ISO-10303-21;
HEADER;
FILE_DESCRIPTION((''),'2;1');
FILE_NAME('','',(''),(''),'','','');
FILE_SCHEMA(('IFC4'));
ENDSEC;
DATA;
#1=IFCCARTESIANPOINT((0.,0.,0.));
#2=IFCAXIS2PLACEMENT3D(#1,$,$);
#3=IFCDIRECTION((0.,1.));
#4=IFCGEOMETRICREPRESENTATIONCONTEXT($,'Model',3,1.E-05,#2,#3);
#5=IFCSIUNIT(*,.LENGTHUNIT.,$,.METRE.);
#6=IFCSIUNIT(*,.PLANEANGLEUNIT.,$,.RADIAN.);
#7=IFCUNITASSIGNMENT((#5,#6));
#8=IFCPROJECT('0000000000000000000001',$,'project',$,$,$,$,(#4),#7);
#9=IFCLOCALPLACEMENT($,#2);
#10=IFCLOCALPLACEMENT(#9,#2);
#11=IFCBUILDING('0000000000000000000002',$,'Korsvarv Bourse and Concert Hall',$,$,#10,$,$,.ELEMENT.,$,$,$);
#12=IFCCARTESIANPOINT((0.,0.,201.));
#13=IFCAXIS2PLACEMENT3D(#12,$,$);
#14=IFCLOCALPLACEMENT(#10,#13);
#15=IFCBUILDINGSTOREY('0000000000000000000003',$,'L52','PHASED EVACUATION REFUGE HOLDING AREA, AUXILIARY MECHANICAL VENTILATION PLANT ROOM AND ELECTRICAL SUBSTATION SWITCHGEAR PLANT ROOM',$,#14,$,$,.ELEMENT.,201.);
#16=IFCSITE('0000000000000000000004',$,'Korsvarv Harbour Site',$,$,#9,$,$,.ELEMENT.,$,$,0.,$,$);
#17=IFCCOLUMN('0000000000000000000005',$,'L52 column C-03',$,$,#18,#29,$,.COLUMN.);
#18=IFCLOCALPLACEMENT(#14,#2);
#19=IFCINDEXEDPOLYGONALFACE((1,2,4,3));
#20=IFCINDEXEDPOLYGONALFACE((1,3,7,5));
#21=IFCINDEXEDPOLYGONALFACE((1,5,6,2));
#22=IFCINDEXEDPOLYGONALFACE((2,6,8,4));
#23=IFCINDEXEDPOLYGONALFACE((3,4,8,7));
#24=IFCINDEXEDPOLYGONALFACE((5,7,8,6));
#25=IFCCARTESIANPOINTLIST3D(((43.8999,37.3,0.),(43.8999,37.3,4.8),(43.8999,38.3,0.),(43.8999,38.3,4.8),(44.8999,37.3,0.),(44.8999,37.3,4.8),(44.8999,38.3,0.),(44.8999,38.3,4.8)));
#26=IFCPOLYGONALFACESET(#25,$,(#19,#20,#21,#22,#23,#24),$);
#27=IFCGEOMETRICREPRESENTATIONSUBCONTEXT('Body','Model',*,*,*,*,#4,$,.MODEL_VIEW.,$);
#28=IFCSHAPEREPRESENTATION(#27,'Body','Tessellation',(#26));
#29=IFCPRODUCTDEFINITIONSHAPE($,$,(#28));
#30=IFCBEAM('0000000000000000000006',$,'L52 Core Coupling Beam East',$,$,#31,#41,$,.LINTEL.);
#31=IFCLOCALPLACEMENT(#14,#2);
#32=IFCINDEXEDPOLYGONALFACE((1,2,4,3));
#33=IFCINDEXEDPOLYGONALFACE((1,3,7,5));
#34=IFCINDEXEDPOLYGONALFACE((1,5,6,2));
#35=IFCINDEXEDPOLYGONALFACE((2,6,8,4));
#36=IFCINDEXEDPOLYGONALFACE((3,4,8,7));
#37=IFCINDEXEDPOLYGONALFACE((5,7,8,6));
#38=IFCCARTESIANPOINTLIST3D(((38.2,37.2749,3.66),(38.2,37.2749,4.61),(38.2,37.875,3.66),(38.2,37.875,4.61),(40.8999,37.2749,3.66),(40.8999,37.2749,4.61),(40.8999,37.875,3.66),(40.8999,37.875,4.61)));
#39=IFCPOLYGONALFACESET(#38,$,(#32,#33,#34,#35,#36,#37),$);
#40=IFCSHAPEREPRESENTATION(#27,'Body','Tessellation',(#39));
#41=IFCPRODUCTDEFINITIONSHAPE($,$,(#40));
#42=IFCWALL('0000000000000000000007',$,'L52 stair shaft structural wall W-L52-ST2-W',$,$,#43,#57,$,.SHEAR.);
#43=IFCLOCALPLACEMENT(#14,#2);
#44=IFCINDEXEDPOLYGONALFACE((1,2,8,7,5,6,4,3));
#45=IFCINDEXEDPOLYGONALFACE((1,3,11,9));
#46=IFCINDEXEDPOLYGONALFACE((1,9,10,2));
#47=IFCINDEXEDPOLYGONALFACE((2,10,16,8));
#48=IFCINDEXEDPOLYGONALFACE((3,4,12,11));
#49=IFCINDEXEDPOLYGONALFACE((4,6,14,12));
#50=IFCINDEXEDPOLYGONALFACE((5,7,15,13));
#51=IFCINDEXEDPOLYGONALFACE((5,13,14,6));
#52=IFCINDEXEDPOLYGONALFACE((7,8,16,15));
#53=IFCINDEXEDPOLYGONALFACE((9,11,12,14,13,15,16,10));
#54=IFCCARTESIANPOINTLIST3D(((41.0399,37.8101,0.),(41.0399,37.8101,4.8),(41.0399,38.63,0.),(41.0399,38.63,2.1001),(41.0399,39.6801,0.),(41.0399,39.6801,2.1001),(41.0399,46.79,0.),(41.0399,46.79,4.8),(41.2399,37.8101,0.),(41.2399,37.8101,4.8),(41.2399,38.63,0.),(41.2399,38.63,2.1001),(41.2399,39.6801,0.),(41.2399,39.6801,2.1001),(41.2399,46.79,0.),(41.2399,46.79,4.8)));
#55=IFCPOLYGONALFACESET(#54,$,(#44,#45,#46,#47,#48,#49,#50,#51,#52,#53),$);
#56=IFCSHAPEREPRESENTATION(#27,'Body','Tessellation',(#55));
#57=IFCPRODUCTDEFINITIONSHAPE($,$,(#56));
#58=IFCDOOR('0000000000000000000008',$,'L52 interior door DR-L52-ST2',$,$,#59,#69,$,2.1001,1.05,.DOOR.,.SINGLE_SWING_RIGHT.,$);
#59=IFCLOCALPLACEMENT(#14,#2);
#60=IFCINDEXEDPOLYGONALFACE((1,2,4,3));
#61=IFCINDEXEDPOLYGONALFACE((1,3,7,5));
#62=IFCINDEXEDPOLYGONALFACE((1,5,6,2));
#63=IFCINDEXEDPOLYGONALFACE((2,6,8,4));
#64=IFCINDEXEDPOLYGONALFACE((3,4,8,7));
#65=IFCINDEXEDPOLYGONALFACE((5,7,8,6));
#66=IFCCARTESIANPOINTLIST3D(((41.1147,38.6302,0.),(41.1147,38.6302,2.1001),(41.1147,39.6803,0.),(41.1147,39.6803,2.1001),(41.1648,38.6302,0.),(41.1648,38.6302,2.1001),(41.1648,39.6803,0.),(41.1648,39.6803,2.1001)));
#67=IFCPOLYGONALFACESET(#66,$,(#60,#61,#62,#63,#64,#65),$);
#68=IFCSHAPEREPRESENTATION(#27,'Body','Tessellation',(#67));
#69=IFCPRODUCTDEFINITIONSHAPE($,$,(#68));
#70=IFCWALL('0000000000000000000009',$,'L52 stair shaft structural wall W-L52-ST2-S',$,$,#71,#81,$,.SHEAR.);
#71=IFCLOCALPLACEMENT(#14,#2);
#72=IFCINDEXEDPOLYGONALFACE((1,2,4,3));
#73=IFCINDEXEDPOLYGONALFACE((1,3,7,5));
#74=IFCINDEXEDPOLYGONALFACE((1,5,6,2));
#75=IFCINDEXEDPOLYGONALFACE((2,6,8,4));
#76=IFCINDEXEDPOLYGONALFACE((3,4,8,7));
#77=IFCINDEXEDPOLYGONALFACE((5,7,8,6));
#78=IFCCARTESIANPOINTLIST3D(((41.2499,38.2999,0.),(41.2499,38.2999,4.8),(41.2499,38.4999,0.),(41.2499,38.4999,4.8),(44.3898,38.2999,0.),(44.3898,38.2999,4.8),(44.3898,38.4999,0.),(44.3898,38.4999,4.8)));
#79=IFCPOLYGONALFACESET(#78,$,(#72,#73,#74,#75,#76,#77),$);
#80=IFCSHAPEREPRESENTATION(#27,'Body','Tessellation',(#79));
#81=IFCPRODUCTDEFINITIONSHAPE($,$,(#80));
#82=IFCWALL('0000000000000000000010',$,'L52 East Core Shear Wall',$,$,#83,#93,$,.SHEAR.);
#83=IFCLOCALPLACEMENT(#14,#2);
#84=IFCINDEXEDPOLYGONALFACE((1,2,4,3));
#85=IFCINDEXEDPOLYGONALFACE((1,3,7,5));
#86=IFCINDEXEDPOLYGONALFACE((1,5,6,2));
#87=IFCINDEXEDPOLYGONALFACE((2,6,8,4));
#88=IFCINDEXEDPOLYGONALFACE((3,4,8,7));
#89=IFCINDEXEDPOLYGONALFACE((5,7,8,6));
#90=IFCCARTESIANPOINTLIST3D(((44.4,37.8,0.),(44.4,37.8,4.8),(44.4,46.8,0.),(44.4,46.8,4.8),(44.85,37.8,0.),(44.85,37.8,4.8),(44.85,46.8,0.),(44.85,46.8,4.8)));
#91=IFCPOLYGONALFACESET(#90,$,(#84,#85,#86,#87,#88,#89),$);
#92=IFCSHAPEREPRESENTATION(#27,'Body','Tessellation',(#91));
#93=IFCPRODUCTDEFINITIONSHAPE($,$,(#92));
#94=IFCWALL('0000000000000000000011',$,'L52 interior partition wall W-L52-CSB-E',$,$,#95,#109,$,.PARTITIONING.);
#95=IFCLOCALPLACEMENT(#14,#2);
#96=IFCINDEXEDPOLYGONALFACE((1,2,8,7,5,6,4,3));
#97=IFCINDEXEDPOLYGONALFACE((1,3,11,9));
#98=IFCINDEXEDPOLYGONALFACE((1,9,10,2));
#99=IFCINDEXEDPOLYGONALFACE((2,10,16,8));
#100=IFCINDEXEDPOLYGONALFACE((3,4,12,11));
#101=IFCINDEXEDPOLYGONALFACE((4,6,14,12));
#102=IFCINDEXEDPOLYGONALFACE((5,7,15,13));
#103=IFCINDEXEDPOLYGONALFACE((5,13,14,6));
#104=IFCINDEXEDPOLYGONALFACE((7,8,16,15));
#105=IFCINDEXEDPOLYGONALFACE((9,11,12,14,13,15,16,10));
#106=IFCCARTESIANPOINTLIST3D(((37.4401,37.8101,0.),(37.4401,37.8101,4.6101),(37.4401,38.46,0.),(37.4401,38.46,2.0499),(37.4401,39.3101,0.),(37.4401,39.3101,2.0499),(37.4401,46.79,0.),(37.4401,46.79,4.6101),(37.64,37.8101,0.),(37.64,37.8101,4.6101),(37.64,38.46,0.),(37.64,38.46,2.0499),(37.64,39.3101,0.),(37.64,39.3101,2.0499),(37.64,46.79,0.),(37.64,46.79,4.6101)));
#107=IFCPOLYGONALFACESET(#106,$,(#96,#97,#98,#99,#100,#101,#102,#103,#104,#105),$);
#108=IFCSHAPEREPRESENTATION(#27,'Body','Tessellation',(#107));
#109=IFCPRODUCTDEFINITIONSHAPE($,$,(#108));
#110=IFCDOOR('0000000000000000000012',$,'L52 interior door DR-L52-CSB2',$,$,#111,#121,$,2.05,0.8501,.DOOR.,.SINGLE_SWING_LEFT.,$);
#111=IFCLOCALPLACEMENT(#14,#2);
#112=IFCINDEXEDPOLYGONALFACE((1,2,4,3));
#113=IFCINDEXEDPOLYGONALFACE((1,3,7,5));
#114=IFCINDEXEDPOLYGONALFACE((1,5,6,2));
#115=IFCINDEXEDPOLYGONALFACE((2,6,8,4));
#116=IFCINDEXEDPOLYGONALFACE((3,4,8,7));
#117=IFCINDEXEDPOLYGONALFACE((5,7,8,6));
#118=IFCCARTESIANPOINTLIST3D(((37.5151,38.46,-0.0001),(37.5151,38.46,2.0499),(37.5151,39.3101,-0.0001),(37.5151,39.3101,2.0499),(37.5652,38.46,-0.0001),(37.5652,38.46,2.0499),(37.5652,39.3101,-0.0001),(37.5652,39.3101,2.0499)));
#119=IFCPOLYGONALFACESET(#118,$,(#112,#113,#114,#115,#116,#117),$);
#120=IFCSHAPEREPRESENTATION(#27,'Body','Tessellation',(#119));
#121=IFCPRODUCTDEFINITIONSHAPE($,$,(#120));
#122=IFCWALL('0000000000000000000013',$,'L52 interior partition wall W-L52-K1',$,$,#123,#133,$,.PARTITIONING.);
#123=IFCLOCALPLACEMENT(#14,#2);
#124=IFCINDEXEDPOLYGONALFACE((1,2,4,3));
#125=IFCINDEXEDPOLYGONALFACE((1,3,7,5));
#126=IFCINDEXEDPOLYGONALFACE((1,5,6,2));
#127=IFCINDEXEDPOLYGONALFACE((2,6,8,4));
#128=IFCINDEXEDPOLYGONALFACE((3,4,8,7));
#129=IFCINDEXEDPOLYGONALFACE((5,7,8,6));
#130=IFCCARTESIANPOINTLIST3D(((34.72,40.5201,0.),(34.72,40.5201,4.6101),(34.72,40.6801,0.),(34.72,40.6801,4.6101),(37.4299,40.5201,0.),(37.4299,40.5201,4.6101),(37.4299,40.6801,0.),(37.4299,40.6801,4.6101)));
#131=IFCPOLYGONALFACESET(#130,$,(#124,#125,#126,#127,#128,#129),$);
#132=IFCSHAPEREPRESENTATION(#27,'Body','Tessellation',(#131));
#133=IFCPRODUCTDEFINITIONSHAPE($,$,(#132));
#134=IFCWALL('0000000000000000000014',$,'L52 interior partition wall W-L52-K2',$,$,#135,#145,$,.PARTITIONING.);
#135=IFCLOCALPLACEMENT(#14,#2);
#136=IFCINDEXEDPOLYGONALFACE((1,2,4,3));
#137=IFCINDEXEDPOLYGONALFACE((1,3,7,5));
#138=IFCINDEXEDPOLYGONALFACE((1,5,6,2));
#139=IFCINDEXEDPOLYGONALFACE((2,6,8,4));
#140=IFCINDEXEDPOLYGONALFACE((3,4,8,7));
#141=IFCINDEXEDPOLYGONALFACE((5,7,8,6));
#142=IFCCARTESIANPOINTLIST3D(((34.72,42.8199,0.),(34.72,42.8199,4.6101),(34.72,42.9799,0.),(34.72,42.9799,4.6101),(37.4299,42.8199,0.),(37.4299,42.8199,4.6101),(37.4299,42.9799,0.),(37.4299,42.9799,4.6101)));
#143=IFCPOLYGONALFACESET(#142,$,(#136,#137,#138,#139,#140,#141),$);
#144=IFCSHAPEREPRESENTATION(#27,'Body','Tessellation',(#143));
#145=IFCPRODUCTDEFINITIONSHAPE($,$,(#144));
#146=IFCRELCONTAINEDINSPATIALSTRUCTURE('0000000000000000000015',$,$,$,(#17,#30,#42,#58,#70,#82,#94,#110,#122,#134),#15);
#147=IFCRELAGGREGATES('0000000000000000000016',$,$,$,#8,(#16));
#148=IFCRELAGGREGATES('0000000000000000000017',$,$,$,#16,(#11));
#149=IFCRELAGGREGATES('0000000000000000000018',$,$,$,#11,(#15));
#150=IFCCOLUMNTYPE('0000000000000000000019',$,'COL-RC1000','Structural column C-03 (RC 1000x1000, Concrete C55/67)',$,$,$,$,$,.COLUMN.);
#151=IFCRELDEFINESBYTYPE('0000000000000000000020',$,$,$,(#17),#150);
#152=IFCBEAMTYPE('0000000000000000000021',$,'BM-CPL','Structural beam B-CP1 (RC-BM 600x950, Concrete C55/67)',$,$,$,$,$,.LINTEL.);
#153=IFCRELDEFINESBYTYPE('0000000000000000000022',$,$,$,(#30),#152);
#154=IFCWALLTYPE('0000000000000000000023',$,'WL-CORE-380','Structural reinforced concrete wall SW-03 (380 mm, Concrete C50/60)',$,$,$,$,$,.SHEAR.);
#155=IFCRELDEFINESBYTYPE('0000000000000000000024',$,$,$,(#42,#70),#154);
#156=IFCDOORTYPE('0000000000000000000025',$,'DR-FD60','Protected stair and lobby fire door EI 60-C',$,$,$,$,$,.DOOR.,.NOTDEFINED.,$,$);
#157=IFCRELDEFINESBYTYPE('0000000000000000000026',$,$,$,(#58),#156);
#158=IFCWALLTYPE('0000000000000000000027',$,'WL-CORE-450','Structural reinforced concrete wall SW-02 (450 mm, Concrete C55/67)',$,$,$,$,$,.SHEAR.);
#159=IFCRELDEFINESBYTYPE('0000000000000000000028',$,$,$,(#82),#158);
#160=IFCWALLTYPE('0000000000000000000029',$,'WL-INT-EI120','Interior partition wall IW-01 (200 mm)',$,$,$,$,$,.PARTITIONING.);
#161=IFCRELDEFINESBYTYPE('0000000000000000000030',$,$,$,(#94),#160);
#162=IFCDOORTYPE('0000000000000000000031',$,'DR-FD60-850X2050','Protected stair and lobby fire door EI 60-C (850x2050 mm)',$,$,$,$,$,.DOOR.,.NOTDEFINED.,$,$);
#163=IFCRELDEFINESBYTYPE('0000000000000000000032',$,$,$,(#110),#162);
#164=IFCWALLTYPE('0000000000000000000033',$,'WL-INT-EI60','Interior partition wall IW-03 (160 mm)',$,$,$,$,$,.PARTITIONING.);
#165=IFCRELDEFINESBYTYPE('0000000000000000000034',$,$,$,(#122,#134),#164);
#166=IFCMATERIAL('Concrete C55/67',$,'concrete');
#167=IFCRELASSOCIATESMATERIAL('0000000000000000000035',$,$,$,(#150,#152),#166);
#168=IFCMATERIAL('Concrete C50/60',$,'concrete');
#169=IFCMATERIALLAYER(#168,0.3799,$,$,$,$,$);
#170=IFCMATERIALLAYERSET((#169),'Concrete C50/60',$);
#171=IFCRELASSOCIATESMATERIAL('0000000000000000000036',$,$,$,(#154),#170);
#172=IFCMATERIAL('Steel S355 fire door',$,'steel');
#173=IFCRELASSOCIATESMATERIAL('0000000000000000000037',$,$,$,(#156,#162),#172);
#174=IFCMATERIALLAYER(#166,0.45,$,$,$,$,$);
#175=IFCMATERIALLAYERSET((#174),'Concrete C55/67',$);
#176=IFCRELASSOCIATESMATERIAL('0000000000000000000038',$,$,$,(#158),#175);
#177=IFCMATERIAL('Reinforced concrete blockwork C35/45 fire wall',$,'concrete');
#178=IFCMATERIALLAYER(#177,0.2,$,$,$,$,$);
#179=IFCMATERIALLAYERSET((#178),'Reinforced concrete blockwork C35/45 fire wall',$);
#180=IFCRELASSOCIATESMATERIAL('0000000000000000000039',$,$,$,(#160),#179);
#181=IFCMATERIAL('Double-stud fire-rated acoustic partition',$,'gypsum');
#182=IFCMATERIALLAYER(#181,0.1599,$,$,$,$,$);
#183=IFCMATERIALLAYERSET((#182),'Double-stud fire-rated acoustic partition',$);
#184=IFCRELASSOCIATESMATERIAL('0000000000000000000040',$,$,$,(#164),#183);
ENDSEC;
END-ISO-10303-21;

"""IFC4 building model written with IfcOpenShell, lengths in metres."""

from ifc_helpers import new_model, si_unit, direction, frame, frame_2d, origin, origin_2d, place, context, subcontext, project, spatial, rectangle, extrude, source, transform, mapped, material, layer, layer_set, material_profile, profile_set, type_object, element, fill, save


model = new_model("IFC4")

# Units and contexts
model_context = context("Model", 3, precision=1e-05, world=origin(), true_north=direction((0.0, 1.0)))
body_context = subcontext(model_context, "Body", "Model", "MODEL_VIEW")
ifc_project = project(units=[si_unit("LENGTHUNIT", "METRE"), si_unit("PLANEANGLEUNIT", "RADIAN")], contexts=[model_context])

# Site, building, storey
site_placement = place(None, origin())
site = spatial("IfcSite", under=ifc_project, at=site_placement, Name="Korsvarv Harbour Site", CompositionType="ELEMENT", RefElevation=0.0)
building_placement = place(site_placement, origin())
building = spatial("IfcBuilding", under=site, at=building_placement, Name="Korsvarv Bourse and Concert Hall", CompositionType="ELEMENT")
storey_placement = place(building_placement, frame((0.0, 0.0, 201.0)))
storey = spatial("IfcBuildingStorey", under=building, at=storey_placement, Name="L52", Description="PHASED EVACUATION REFUGE HOLDING AREA, AUXILIARY MECHANICAL VENTILATION PLANT ROOM AND ELECTRICAL SUBSTATION SWITCHGEAR PLANT ROOM", CompositionType="ELEMENT", Elevation=201.0)

# Column
ifc_material_1 = material(Name="Concrete C55/67", Category="concrete")
ifc_material_profile_1 = material_profile(ifc_material_1, rectangle(XDim=1.0, YDim=1.0, at=origin_2d()), Name="RC 1000x1000")
ifc_profile_set_1 = profile_set([ifc_material_profile_1], Name="Concrete C55/67")
column_type = type_object("IfcColumnType", Name="COL-RC1000", Description="Structural column C-03 (RC 1000x1000, Concrete C55/67)", PredefinedType="COLUMN", material=ifc_profile_set_1)
shared_shape_1 = source(origin(), body_context, "Body", "SweptSolid", [
    extrude(rectangle(XDim=1.0, YDim=1.0, at=origin_2d()), origin(), (0.0, 0.0, 1.0), 4.8),
])
column_placement = place(storey_placement, frame((44.3999, 37.8, 0.0), z_axis=(0.0, 0.0, 1.0), x_axis=(1.0, 0.0, 0.0)))
element("IfcColumn", 1, at=column_placement, inside=storey, type_object=column_type, Name="L52 column C-03", PredefinedType="COLUMN", context=body_context, shape_type="MappedRepresentation", body=[
    mapped(shared_shape_1, transform((0.0, 0.0, 0.0), scale=1.0)),
])

# Beam
ifc_material_profile_2 = material_profile(ifc_material_1, rectangle(XDim=0.6001, YDim=0.95, at=origin_2d()), Name="RC-BM 600x950")
ifc_profile_set_2 = profile_set([ifc_material_profile_2], Name="Concrete C55/67")
beam_type = type_object("IfcBeamType", Name="BM-CPL", Description="Structural beam B-CP1 (RC-BM 600x950, Concrete C55/67)", PredefinedType="LINTEL", material=ifc_profile_set_2)
shared_shape_2 = source(origin(), body_context, "Body", "SweptSolid", [
    extrude(rectangle(XDim=0.6001, YDim=0.95, at=origin_2d()), origin(), (0.0, 0.0, 1.0), 2.7),
])
beam_placement = place(storey_placement, frame((38.2, 37.575, 4.135), z_axis=(1.0, 0.0, 0.0), x_axis=(0.0, 1.0, 0.0)))
element("IfcBeam", 2, at=beam_placement, inside=storey, type_object=beam_type, Name="L52 Core Coupling Beam East", PredefinedType="LINTEL", context=body_context, shape_type="MappedRepresentation", body=[
    mapped(shared_shape_2, transform((0.0, 0.0, 0.0), scale=1.0)),
])

# Wall, opening, door
ifc_material_2 = material(Name="Concrete C50/60", Category="concrete")
ifc_layer_1 = layer(ifc_material_2, 0.3799)
ifc_layer_set_1 = layer_set([ifc_layer_1], Name="Concrete C50/60")
wall_type_1 = type_object("IfcWallType", Name="WL-CORE-380", Description="Structural reinforced concrete wall SW-03 (380 mm, Concrete C50/60)", PredefinedType="SHEAR", material=ifc_layer_set_1)
wall_1_placement = place(storey_placement, frame((41.1399, 37.8101, 0.0), z_axis=(0.0, 0.0, 1.0), x_axis=(0.0, 1.0, 0.0)))
wall_1 = element("IfcWall", 3, at=wall_1_placement, inside=storey, type_object=wall_type_1, Name="L52 stair shaft structural wall W-L52-ST2-W", PredefinedType="SHEAR", context=body_context, shape_type="SweptSolid", body=[
    extrude(rectangle(XDim=8.98, YDim=0.2, at=frame_2d((4.49, 0.0))), origin(), (0.0, 0.0, 1.0), 4.8),
])
opening_1_placement = place(wall_1_placement, frame((0.8201, 0.0, 0.0)))
opening_1 = element("IfcOpeningElement", 4, at=opening_1_placement, cuts=wall_1, PredefinedType="OPENING", context=body_context, shape_type="SweptSolid", body=[
    extrude(rectangle(XDim=1.05, YDim=2.1001, at=frame_2d((0.5249, 1.05))), frame((0.0, 0.1099, 0.0), z_axis=(0.0, -1.0, 0.0), x_axis=(1.0, 0.0, 0.0)), (0.0, 0.0, 1.0), 0.22),
])
ifc_material_3 = material(Name="Steel S355 fire door", Category="steel")
door_type_1 = type_object("IfcDoorType", Name="DR-FD60", Description="Protected stair and lobby fire door EI 60-C", OperationType="NOTDEFINED", PredefinedType="DOOR", material=ifc_material_3)
door_1_placement = place(opening_1_placement, frame((1.05, 0.0, 0.0), z_axis=(0.0, 0.0, 1.0), x_axis=(-1.0, 0.0, 0.0)))
door_1 = element("IfcDoor", 5, at=door_1_placement, inside=storey, type_object=door_type_1, Name="L52 interior door DR-L52-ST2", OperationType="SINGLE_SWING_RIGHT", OverallHeight=2.1001, OverallWidth=1.05, PredefinedType="DOOR", context=body_context, shape_type="SweptSolid", body=[
    extrude(rectangle(XDim=1.05, YDim=2.1001, at=frame_2d((0.5249, 1.05))), frame((0.0, 0.0249, 0.0), z_axis=(0.0, -1.0, 0.0), x_axis=(1.0, 0.0, 0.0)), (0.0, 0.0, 1.0), 0.05),
])
fill(opening_1, door_1)

# Walls
wall_2_placement = place(storey_placement, frame((41.25, 38.3999, 0.0), z_axis=(0.0, 0.0, 1.0), x_axis=(1.0, 0.0, 0.0)))
element("IfcWall", 6, at=wall_2_placement, inside=storey, type_object=wall_type_1, Name="L52 stair shaft structural wall W-L52-ST2-S", PredefinedType="SHEAR", context=body_context, shape_type="SweptSolid", body=[
    extrude(rectangle(XDim=3.1399, YDim=0.2, at=frame_2d((1.5698, 0.0))), origin(), (0.0, 0.0, 1.0), 4.8),
])
ifc_layer_2 = layer(ifc_material_1, 0.45)
ifc_layer_set_2 = layer_set([ifc_layer_2], Name="Concrete C55/67")
wall_type_2 = type_object("IfcWallType", Name="WL-CORE-450", Description="Structural reinforced concrete wall SW-02 (450 mm, Concrete C55/67)", PredefinedType="SHEAR", material=ifc_layer_set_2)
wall_3_placement = place(storey_placement, frame((44.625, 37.8, 0.0), z_axis=(0.0, 0.0, 1.0), x_axis=(0.0, 1.0, 0.0)))
element("IfcWall", 7, at=wall_3_placement, inside=storey, type_object=wall_type_2, Name="L52 East Core Shear Wall", PredefinedType="SHEAR", context=body_context, shape_type="SweptSolid", body=[
    extrude(rectangle(XDim=9.0, YDim=0.45, at=frame_2d((4.5, 0.0))), origin(), (0.0, 0.0, 1.0), 4.8),
])

# Wall, opening, door
ifc_material_4 = material(Name="Reinforced concrete blockwork C35/45 fire wall", Category="concrete")
ifc_layer_3 = layer(ifc_material_4, 0.2)
ifc_layer_set_3 = layer_set([ifc_layer_3], Name="Reinforced concrete blockwork C35/45 fire wall")
wall_type_3 = type_object("IfcWallType", Name="WL-INT-EI120", Description="Interior partition wall IW-01 (200 mm)", PredefinedType="PARTITIONING", material=ifc_layer_set_3)
wall_4_placement = place(storey_placement, frame((37.54, 37.8101, 0.0), z_axis=(0.0, 0.0, 1.0), x_axis=(0.0, 1.0, 0.0)))
wall_4 = element("IfcWall", 8, at=wall_4_placement, inside=storey, type_object=wall_type_3, Name="L52 interior partition wall W-L52-CSB-E", PredefinedType="PARTITIONING", context=body_context, shape_type="SweptSolid", body=[
    extrude(rectangle(XDim=8.98, YDim=0.2, at=frame_2d((4.49, 0.0))), origin(), (0.0, 0.0, 1.0), 4.6101),
])
opening_2_placement = place(wall_4_placement, frame((0.6499, 0.0, 0.0)))
opening_2 = element("IfcOpeningElement", 9, at=opening_2_placement, cuts=wall_4, PredefinedType="OPENING", context=body_context, shape_type="SweptSolid", body=[
    extrude(rectangle(XDim=0.8501, YDim=2.05, at=frame_2d((0.425, 1.0249))), frame((0.0, 0.1099, 0.0), z_axis=(0.0, -1.0, 0.0), x_axis=(1.0, 0.0, 0.0)), (0.0, 0.0, 1.0), 0.22),
])
door_type_2 = type_object("IfcDoorType", Name="DR-FD60-850X2050", Description="Protected stair and lobby fire door EI 60-C (850x2050 mm)", OperationType="NOTDEFINED", PredefinedType="DOOR", material=ifc_material_3)
door_2_placement = place(opening_2_placement, origin())
door_2 = element("IfcDoor", 10, at=door_2_placement, inside=storey, type_object=door_type_2, Name="L52 interior door DR-L52-CSB2", OperationType="SINGLE_SWING_LEFT", OverallHeight=2.05, OverallWidth=0.8501, PredefinedType="DOOR", context=body_context, shape_type="SweptSolid", body=[
    extrude(rectangle(XDim=0.8501, YDim=2.05, at=frame_2d((0.425, 1.0249))), frame((0.0, 0.0249, 0.0), z_axis=(0.0, -1.0, 0.0), x_axis=(1.0, 0.0, 0.0)), (0.0, 0.0, 1.0), 0.05),
])
fill(opening_2, door_2)

# Walls
ifc_material_5 = material(Name="Double-stud fire-rated acoustic partition", Category="gypsum")
ifc_layer_4 = layer(ifc_material_5, 0.1599)
ifc_layer_set_4 = layer_set([ifc_layer_4], Name="Double-stud fire-rated acoustic partition")
wall_type_4 = type_object("IfcWallType", Name="WL-INT-EI60", Description="Interior partition wall IW-03 (160 mm)", PredefinedType="PARTITIONING", material=ifc_layer_set_4)
for number, where, z_axis, x_axis, name in (
    (11, (34.72, 40.6001, 0.0), (0.0, 0.0, 1.0), (1.0, 0.0, 0.0), "L52 interior partition wall W-L52-K1"),
    (12, (34.72, 42.8999, 0.0), (0.0, 0.0, 1.0), (1.0, 0.0, 0.0), "L52 interior partition wall W-L52-K2"),
):
    element("IfcWall", number, at=place(storey_placement, frame(where, z_axis=z_axis, x_axis=x_axis)), inside=storey, type_object=wall_type_4, Name=name, PredefinedType="PARTITIONING", context=body_context, shape_type="SweptSolid", body=[
        extrude(rectangle(XDim=2.71, YDim=0.1599, at=frame_2d((1.355, 0.0))), origin(), (0.0, 0.0, 1.0), 4.6101),
    ])

save(model, "model.ifc")
